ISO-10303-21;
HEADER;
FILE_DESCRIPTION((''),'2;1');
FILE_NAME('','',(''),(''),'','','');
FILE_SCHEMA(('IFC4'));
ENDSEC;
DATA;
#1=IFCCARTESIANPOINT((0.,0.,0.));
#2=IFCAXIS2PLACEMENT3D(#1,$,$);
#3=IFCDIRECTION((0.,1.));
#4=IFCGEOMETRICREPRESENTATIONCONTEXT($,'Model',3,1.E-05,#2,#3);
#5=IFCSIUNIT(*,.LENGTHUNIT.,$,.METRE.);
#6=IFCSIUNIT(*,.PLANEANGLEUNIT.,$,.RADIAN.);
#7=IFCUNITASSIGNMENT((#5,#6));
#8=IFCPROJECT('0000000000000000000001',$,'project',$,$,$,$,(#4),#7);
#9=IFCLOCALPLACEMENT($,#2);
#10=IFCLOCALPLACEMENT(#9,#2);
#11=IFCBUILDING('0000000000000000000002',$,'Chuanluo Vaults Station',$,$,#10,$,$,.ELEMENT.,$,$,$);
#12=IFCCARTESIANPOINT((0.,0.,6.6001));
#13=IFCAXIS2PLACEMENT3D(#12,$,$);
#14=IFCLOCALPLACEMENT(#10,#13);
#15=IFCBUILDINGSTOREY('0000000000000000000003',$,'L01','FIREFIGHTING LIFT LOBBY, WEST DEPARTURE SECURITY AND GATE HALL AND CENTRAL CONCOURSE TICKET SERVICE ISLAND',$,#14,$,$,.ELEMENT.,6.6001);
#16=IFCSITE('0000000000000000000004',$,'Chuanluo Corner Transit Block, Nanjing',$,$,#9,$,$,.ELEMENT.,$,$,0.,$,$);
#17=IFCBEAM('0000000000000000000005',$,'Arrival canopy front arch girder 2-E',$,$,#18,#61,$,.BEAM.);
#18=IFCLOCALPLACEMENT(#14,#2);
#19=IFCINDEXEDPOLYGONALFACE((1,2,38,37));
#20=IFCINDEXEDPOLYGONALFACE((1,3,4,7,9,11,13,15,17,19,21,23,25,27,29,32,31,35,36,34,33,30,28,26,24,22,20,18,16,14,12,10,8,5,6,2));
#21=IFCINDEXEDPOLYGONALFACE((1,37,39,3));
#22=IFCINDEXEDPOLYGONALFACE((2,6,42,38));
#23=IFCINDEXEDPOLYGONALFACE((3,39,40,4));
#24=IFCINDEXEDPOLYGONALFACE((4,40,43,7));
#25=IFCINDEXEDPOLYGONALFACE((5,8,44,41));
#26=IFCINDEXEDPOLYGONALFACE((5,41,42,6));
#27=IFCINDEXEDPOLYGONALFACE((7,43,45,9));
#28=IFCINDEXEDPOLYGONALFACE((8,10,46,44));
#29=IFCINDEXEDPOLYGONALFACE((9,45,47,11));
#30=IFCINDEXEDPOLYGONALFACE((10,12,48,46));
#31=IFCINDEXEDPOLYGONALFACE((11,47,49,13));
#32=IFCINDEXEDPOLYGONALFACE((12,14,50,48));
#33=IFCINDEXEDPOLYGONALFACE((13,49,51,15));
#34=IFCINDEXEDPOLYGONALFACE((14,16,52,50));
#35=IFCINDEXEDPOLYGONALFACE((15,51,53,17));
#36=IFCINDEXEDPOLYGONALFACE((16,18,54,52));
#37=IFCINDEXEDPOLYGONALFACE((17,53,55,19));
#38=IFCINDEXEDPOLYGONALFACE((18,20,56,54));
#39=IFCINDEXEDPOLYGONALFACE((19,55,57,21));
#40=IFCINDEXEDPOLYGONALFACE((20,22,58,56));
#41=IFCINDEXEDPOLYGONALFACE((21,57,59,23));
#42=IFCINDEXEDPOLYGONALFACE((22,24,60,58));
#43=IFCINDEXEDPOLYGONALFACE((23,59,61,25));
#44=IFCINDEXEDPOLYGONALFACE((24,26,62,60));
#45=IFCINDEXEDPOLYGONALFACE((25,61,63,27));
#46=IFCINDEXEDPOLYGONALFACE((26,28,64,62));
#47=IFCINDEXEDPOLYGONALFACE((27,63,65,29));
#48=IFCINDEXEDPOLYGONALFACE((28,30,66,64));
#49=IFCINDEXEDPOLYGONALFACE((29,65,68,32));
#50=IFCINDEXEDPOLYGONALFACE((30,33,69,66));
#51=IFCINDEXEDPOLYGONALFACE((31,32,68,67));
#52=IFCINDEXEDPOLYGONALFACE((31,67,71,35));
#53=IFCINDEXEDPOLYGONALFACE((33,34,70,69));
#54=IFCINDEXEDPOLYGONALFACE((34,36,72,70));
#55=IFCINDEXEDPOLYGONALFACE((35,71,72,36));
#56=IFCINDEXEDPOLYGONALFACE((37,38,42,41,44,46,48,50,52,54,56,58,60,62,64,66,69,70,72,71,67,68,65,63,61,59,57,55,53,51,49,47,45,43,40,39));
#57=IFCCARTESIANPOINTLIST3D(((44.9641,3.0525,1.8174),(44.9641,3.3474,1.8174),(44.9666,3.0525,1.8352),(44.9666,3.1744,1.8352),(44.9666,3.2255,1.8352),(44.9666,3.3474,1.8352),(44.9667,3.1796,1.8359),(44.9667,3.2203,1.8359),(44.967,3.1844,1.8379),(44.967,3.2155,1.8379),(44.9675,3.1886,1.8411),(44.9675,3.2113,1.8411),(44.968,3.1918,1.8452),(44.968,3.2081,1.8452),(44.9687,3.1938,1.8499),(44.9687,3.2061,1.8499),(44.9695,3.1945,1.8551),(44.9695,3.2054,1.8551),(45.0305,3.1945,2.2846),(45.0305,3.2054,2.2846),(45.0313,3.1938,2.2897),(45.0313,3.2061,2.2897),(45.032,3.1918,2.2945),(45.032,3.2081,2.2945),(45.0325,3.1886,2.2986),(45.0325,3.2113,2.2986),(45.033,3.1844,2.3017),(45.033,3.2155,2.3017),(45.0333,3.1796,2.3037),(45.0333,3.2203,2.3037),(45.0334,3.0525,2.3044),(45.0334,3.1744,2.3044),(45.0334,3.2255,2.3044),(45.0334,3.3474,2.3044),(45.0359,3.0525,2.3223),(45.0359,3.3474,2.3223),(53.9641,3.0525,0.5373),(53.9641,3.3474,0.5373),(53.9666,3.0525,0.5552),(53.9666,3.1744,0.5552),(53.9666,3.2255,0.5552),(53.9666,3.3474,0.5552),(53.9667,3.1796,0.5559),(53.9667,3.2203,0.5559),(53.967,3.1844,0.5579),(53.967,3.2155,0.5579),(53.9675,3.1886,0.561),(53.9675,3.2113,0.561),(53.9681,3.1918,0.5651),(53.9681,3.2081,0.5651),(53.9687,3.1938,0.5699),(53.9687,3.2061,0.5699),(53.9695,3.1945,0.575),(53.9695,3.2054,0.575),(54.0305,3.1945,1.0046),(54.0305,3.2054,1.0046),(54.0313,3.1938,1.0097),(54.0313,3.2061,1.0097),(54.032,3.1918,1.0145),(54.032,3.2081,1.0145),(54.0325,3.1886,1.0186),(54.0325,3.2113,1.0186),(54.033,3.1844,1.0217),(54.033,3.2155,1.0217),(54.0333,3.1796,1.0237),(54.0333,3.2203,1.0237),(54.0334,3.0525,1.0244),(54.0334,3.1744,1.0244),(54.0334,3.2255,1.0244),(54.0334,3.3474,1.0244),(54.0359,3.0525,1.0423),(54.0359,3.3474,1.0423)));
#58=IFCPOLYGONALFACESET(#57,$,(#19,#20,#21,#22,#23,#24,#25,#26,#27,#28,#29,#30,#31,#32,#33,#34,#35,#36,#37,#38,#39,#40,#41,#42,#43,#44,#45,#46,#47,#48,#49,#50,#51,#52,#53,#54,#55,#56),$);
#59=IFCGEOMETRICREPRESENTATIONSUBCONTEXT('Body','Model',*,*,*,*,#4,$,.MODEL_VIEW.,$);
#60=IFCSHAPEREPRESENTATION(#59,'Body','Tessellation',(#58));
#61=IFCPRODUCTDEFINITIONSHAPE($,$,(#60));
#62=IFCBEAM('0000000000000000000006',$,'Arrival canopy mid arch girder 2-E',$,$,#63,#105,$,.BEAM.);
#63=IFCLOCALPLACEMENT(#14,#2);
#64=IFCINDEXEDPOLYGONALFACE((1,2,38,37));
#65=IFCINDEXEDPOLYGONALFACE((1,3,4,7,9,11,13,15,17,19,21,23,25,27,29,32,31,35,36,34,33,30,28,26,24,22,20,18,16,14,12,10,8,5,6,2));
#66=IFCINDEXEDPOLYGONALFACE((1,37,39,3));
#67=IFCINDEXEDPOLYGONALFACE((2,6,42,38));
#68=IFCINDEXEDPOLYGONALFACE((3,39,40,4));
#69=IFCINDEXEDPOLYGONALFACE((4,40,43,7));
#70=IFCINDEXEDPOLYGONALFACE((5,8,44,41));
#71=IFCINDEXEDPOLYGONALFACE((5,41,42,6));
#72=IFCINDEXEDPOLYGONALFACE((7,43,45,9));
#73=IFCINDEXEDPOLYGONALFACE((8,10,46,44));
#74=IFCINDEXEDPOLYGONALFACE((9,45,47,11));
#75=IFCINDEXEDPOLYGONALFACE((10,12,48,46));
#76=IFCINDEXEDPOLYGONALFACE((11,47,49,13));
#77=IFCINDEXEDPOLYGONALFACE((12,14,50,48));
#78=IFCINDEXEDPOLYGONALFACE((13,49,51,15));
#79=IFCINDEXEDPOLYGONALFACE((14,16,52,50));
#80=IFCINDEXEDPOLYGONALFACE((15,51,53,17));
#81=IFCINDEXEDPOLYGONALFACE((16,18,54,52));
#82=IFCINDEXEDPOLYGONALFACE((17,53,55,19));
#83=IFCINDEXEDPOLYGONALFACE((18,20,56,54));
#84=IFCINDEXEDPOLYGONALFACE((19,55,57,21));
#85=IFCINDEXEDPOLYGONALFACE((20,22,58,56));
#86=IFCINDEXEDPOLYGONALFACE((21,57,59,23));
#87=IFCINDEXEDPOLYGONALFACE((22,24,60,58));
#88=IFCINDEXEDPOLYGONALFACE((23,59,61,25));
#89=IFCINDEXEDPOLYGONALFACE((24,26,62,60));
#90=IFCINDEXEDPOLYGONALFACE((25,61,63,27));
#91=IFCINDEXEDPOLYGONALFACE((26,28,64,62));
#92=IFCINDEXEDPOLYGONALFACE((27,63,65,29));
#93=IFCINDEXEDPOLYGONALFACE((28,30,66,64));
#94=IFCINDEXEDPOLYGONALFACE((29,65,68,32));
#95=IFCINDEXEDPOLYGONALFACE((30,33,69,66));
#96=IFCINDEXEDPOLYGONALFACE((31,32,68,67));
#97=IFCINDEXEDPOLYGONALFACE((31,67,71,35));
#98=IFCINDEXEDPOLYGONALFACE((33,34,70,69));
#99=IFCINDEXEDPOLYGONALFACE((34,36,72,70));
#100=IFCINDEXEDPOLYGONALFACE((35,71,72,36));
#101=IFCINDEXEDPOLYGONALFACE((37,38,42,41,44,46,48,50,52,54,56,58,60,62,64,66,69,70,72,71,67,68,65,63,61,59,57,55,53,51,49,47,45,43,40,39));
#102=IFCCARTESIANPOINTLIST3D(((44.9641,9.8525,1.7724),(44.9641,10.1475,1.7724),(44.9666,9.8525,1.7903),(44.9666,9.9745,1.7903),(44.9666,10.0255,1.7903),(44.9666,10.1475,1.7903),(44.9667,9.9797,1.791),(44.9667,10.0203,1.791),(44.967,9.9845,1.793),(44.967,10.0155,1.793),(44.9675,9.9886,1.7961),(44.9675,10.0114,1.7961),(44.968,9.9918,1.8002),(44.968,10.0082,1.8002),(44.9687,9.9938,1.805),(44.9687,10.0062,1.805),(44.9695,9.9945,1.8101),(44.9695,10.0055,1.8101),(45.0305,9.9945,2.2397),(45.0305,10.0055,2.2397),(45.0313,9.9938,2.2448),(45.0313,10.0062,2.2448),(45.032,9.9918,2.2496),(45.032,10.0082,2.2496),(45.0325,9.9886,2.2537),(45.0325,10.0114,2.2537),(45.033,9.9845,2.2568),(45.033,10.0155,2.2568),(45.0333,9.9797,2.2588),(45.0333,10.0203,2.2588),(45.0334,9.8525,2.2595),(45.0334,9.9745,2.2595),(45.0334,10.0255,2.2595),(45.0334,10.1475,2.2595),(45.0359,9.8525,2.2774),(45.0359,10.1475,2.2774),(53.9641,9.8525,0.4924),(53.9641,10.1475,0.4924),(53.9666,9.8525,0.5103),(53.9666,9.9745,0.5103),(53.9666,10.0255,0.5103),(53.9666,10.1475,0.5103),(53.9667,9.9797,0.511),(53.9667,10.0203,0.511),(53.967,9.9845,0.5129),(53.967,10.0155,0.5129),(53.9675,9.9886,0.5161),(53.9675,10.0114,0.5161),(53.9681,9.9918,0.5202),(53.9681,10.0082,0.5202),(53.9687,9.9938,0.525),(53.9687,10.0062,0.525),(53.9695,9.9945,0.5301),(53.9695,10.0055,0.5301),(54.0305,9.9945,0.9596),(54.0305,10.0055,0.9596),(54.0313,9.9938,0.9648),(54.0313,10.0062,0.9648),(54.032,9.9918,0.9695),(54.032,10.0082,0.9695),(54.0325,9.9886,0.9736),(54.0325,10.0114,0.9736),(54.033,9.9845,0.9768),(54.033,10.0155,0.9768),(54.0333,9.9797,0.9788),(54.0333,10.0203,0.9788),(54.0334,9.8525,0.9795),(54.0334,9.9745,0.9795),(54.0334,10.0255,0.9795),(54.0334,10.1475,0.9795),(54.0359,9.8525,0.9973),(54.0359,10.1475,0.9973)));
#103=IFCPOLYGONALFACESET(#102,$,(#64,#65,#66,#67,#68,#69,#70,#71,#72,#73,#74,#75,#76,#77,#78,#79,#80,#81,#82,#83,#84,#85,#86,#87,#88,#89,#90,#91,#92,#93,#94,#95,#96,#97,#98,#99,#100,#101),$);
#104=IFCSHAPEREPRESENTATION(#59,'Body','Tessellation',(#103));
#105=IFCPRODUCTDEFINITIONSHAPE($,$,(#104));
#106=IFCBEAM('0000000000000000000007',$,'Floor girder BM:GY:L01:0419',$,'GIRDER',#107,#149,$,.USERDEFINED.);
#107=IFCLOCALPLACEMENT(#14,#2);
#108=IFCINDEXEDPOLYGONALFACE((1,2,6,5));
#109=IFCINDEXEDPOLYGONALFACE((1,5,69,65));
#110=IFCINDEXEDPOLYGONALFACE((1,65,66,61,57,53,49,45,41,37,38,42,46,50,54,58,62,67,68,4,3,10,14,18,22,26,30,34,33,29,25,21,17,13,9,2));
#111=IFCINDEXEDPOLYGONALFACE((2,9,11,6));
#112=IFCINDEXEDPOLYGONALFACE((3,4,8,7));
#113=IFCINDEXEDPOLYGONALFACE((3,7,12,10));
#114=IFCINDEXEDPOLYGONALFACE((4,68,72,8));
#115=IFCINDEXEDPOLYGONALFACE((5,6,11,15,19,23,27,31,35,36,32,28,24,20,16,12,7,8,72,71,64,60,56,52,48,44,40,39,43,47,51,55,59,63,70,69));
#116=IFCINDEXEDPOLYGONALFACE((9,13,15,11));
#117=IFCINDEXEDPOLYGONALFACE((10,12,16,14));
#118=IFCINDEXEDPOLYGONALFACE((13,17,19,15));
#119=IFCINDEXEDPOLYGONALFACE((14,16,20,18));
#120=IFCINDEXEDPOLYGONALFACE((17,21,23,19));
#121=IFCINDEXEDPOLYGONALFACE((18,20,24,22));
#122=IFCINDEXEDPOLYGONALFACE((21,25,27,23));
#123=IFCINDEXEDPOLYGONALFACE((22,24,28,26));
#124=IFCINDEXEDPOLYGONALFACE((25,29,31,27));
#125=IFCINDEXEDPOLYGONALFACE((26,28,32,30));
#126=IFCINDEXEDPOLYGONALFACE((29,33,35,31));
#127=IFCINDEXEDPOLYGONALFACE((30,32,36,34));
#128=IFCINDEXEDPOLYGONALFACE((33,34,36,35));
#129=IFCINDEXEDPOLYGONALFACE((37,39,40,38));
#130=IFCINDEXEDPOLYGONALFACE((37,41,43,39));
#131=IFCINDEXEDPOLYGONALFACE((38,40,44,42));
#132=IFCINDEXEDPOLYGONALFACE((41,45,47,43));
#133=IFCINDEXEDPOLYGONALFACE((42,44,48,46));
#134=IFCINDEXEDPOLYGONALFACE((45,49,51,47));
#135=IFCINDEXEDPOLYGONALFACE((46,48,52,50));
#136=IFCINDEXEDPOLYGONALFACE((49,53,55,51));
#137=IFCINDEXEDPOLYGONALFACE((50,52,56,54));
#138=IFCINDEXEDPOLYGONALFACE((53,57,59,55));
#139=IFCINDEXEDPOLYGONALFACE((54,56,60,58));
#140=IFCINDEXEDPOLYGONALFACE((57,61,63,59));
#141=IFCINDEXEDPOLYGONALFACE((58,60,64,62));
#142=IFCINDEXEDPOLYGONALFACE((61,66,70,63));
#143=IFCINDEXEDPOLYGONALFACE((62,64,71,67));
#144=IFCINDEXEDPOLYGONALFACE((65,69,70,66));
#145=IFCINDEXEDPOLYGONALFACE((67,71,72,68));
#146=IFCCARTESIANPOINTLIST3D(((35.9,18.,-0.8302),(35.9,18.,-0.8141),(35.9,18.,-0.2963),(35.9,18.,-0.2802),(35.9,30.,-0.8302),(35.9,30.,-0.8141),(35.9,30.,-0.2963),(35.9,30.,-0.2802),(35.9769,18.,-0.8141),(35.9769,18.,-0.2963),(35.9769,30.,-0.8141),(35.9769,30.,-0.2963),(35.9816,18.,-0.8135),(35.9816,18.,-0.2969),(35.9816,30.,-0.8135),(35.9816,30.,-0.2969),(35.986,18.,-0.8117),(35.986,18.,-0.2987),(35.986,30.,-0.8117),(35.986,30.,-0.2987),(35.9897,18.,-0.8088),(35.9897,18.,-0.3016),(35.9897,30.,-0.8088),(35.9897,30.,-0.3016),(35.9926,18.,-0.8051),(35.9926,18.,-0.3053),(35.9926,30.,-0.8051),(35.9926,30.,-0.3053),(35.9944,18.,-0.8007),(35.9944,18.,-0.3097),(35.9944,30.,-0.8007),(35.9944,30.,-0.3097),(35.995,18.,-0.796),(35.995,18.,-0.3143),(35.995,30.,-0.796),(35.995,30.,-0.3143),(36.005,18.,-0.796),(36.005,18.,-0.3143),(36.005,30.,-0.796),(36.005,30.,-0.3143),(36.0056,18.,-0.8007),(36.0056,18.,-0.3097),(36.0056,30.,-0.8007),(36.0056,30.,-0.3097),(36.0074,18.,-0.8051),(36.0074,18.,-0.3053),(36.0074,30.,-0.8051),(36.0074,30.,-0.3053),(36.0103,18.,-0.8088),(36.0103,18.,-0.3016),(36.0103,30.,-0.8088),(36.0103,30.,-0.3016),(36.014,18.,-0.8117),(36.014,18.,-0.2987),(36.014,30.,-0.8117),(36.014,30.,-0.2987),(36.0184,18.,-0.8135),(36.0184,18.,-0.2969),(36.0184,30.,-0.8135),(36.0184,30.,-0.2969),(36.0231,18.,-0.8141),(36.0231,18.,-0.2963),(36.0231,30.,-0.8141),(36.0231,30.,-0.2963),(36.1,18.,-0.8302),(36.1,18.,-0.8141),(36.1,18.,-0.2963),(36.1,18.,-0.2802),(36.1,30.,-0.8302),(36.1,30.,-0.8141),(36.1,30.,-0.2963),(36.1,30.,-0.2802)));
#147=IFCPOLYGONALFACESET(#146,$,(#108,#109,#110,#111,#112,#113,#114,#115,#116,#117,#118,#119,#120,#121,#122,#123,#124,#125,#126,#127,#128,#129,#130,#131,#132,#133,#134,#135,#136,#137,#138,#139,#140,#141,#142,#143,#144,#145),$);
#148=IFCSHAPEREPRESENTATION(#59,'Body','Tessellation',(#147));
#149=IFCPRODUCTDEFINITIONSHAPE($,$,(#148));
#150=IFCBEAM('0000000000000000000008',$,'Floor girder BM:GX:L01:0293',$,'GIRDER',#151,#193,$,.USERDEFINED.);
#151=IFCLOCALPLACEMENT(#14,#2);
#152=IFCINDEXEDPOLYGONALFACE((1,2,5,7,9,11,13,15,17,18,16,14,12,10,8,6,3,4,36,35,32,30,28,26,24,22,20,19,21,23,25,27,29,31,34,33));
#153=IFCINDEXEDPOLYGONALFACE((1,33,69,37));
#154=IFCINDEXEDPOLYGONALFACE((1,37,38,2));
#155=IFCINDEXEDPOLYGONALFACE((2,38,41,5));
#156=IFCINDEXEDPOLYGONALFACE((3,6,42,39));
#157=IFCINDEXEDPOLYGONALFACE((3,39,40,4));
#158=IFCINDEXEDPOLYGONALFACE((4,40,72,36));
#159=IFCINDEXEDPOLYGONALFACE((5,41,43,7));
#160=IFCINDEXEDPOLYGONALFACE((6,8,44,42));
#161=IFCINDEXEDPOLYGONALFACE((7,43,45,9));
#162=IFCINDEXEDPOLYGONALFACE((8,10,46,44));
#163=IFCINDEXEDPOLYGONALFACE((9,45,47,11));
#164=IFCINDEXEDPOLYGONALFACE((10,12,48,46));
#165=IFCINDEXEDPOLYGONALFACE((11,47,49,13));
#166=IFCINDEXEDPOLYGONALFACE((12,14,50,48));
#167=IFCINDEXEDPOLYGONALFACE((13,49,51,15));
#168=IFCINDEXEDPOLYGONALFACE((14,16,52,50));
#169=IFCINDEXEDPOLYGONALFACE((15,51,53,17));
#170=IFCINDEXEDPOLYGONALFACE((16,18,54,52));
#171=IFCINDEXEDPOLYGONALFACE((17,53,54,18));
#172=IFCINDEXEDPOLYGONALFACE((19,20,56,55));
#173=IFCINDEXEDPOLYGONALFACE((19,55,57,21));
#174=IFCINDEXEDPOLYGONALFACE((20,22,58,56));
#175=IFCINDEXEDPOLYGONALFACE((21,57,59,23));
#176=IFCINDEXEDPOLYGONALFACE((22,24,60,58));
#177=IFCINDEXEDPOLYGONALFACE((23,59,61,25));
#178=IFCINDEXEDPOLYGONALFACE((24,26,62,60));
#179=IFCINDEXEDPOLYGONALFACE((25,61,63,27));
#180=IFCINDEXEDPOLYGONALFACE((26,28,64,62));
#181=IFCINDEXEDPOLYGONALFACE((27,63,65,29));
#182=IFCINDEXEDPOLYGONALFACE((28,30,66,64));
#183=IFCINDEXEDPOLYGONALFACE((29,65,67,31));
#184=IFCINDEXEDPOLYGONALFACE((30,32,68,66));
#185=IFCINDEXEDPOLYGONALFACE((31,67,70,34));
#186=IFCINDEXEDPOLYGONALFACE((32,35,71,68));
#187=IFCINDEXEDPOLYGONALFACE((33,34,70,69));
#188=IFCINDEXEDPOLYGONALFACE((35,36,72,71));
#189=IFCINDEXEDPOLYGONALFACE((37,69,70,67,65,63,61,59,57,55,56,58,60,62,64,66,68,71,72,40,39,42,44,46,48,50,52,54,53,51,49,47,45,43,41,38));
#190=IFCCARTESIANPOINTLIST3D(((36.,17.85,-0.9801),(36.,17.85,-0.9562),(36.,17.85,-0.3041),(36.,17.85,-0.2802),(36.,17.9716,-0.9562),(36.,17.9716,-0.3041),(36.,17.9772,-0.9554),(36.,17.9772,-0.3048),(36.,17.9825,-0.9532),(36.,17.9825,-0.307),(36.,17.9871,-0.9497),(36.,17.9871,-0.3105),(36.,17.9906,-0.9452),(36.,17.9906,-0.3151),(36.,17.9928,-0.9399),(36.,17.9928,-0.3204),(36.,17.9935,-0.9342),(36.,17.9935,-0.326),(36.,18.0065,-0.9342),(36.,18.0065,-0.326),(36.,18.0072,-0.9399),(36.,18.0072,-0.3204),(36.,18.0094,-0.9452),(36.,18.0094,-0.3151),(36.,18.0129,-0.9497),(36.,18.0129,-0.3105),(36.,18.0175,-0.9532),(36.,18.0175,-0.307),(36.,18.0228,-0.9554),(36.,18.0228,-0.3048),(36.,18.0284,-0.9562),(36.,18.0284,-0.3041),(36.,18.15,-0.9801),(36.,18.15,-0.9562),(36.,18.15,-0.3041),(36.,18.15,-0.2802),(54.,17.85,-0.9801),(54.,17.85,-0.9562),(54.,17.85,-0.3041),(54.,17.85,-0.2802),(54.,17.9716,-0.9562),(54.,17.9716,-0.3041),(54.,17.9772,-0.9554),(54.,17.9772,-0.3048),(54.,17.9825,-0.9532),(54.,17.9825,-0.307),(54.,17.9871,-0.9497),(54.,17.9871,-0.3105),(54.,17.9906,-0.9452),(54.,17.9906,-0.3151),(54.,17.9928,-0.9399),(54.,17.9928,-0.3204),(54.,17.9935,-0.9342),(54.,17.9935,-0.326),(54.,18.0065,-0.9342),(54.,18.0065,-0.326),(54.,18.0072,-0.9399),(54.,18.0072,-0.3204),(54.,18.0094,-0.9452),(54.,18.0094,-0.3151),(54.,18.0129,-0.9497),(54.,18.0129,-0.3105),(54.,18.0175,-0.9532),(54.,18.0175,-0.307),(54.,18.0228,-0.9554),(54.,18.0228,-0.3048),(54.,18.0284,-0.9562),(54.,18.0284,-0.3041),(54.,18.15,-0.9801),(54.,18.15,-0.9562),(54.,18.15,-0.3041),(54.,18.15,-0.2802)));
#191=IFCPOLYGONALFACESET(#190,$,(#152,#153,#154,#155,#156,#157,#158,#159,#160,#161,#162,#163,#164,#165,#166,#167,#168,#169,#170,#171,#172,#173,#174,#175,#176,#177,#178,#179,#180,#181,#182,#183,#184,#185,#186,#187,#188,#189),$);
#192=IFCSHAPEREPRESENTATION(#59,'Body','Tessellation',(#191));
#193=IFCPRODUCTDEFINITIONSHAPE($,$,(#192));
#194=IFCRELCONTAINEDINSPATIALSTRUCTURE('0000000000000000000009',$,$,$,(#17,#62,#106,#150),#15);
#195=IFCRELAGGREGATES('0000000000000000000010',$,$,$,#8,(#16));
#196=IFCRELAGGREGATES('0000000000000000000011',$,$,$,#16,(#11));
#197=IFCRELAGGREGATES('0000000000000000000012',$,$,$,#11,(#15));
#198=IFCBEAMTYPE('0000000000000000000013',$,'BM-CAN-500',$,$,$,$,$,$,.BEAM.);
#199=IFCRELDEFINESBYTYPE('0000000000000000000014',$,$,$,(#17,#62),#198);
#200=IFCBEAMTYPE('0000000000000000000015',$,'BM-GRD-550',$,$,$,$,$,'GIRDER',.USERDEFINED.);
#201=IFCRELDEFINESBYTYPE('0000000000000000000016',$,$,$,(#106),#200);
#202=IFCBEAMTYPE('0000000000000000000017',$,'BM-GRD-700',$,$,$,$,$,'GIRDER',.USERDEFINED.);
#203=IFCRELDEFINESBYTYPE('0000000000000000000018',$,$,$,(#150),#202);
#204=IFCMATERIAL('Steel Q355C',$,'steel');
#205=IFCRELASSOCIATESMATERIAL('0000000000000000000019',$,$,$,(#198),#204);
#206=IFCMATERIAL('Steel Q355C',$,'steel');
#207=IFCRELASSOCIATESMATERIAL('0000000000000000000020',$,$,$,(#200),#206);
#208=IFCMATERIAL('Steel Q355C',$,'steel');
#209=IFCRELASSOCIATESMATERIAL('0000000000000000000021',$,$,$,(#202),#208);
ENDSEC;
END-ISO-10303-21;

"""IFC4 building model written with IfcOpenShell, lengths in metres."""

from ifc_helpers import new_model, si_unit, direction, frame, origin, origin_2d, place, context, subcontext, project, spatial, i_section, extrude, material, material_profile, profile_set, type_object, element, save


model = new_model("IFC4")

# Units and contexts
model_context = context("Model", 3, precision=1e-05, world=origin(), true_north=direction((0.0, 1.0)))
body_context = subcontext(model_context, "Body", "Model", "MODEL_VIEW")
ifc_project = project(units=[si_unit("LENGTHUNIT", "METRE"), si_unit("PLANEANGLEUNIT", "RADIAN")], contexts=[model_context])

# Site, building, storey
site_placement = place(None, origin())
site = spatial("IfcSite", under=ifc_project, at=site_placement, Name="Chuanluo Corner Transit Block, Nanjing", CompositionType="ELEMENT", RefElevation=0.0)
building_placement = place(site_placement, origin())
building = spatial("IfcBuilding", under=site, at=building_placement, Name="Chuanluo Vaults Station", CompositionType="ELEMENT")
storey_placement = place(building_placement, frame((0.0, 0.0, 6.6001)))
storey = spatial("IfcBuildingStorey", under=building, at=storey_placement, Name="L01", Description="FIREFIGHTING LIFT LOBBY, WEST DEPARTURE SECURITY AND GATE HALL AND CENTRAL CONCOURSE TICKET SERVICE ISLAND", CompositionType="ELEMENT", Elevation=6.6001)

# Beams
ifc_material_1 = material(Name="Steel Q355C", Category="steel")
ifc_material_profile_1 = material_profile(ifc_material_1, i_section(OverallWidth=0.2949, OverallDepth=0.51, WebThickness=0.011, FlangeThickness=0.0181, FilletRadius=0.02, at=origin_2d()))
ifc_profile_set_1 = profile_set([ifc_material_profile_1], Name="Steel Q355C")
beam_type_1 = type_object("IfcBeamType", Name="BM-CAN-500", PredefinedType="BEAM", material=ifc_profile_set_1)
for number, where, z_axis, x_axis, name in (
    (1, (45.0, 3.2, 2.0698), (0.990037, 0.0, -0.140808), (0.0, 1.0, 0.0), "Arrival canopy front arch girder 2-E"),
    (2, (45.0, 10.0, 2.0249), (0.990037, 0.0, -0.140808), (0.0, 1.0, 0.0), "Arrival canopy mid arch girder 2-E"),
):
    element("IfcBeam", number, at=place(storey_placement, frame(where, z_axis=z_axis, x_axis=x_axis)), inside=storey, type_object=beam_type_1, Name=name, PredefinedType="BEAM", context=body_context, shape_type="SweptSolid", body=[
        extrude(i_section(OverallWidth=0.2949, OverallDepth=0.51, WebThickness=0.011, FlangeThickness=0.0181, FilletRadius=0.02, at=origin_2d()), origin(), (0.0, 0.0, 1.0), 9.0906),
    ])
ifc_material_2 = material(Name="Steel Q355C", Category="steel")
ifc_material_profile_2 = material_profile(ifc_material_2, i_section(OverallWidth=0.2, OverallDepth=0.55, WebThickness=0.01, FlangeThickness=0.0161, FilletRadius=0.0181, at=origin_2d()))
ifc_profile_set_2 = profile_set([ifc_material_profile_2], Name="Steel Q355C")
beam_type_2 = type_object("IfcBeamType", Name="BM-GRD-550", ElementType="GIRDER", PredefinedType="USERDEFINED", material=ifc_profile_set_2)
beam_1_placement = place(storey_placement, frame((36.0, 18.0, -0.5552), z_axis=(0.0, 1.0, 0.0), x_axis=(-1.0, 0.0, 0.0)))
element("IfcBeam", 3, at=beam_1_placement, inside=storey, type_object=beam_type_2, Name="Floor girder BM:GY:L01:0419", ObjectType="GIRDER", PredefinedType="USERDEFINED", context=body_context, shape_type="SweptSolid", body=[
    extrude(i_section(OverallWidth=0.2, OverallDepth=0.55, WebThickness=0.01, FlangeThickness=0.0161, FilletRadius=0.0181, at=origin_2d()), origin(), (0.0, 0.0, 1.0), 12.0),
])
ifc_material_3 = material(Name="Steel Q355C", Category="steel")
ifc_material_profile_3 = material_profile(ifc_material_3, i_section(OverallWidth=0.3, OverallDepth=0.7, WebThickness=0.0129, FlangeThickness=0.0239, FilletRadius=0.022, at=origin_2d()))
ifc_profile_set_3 = profile_set([ifc_material_profile_3], Name="Steel Q355C")
beam_type_3 = type_object("IfcBeamType", Name="BM-GRD-700", ElementType="GIRDER", PredefinedType="USERDEFINED", material=ifc_profile_set_3)
beam_2_placement = place(storey_placement, frame((36.0, 18.0, -0.6301), z_axis=(1.0, 0.0, 0.0), x_axis=(0.0, 1.0, 0.0)))
element("IfcBeam", 4, at=beam_2_placement, inside=storey, type_object=beam_type_3, Name="Floor girder BM:GX:L01:0293", ObjectType="GIRDER", PredefinedType="USERDEFINED", context=body_context, shape_type="SweptSolid", body=[
    extrude(i_section(OverallWidth=0.3, OverallDepth=0.7, WebThickness=0.0129, FlangeThickness=0.0239, FilletRadius=0.022, at=origin_2d()), origin(), (0.0, 0.0, 1.0), 18.0),
])

save(model, "model.ifc")
